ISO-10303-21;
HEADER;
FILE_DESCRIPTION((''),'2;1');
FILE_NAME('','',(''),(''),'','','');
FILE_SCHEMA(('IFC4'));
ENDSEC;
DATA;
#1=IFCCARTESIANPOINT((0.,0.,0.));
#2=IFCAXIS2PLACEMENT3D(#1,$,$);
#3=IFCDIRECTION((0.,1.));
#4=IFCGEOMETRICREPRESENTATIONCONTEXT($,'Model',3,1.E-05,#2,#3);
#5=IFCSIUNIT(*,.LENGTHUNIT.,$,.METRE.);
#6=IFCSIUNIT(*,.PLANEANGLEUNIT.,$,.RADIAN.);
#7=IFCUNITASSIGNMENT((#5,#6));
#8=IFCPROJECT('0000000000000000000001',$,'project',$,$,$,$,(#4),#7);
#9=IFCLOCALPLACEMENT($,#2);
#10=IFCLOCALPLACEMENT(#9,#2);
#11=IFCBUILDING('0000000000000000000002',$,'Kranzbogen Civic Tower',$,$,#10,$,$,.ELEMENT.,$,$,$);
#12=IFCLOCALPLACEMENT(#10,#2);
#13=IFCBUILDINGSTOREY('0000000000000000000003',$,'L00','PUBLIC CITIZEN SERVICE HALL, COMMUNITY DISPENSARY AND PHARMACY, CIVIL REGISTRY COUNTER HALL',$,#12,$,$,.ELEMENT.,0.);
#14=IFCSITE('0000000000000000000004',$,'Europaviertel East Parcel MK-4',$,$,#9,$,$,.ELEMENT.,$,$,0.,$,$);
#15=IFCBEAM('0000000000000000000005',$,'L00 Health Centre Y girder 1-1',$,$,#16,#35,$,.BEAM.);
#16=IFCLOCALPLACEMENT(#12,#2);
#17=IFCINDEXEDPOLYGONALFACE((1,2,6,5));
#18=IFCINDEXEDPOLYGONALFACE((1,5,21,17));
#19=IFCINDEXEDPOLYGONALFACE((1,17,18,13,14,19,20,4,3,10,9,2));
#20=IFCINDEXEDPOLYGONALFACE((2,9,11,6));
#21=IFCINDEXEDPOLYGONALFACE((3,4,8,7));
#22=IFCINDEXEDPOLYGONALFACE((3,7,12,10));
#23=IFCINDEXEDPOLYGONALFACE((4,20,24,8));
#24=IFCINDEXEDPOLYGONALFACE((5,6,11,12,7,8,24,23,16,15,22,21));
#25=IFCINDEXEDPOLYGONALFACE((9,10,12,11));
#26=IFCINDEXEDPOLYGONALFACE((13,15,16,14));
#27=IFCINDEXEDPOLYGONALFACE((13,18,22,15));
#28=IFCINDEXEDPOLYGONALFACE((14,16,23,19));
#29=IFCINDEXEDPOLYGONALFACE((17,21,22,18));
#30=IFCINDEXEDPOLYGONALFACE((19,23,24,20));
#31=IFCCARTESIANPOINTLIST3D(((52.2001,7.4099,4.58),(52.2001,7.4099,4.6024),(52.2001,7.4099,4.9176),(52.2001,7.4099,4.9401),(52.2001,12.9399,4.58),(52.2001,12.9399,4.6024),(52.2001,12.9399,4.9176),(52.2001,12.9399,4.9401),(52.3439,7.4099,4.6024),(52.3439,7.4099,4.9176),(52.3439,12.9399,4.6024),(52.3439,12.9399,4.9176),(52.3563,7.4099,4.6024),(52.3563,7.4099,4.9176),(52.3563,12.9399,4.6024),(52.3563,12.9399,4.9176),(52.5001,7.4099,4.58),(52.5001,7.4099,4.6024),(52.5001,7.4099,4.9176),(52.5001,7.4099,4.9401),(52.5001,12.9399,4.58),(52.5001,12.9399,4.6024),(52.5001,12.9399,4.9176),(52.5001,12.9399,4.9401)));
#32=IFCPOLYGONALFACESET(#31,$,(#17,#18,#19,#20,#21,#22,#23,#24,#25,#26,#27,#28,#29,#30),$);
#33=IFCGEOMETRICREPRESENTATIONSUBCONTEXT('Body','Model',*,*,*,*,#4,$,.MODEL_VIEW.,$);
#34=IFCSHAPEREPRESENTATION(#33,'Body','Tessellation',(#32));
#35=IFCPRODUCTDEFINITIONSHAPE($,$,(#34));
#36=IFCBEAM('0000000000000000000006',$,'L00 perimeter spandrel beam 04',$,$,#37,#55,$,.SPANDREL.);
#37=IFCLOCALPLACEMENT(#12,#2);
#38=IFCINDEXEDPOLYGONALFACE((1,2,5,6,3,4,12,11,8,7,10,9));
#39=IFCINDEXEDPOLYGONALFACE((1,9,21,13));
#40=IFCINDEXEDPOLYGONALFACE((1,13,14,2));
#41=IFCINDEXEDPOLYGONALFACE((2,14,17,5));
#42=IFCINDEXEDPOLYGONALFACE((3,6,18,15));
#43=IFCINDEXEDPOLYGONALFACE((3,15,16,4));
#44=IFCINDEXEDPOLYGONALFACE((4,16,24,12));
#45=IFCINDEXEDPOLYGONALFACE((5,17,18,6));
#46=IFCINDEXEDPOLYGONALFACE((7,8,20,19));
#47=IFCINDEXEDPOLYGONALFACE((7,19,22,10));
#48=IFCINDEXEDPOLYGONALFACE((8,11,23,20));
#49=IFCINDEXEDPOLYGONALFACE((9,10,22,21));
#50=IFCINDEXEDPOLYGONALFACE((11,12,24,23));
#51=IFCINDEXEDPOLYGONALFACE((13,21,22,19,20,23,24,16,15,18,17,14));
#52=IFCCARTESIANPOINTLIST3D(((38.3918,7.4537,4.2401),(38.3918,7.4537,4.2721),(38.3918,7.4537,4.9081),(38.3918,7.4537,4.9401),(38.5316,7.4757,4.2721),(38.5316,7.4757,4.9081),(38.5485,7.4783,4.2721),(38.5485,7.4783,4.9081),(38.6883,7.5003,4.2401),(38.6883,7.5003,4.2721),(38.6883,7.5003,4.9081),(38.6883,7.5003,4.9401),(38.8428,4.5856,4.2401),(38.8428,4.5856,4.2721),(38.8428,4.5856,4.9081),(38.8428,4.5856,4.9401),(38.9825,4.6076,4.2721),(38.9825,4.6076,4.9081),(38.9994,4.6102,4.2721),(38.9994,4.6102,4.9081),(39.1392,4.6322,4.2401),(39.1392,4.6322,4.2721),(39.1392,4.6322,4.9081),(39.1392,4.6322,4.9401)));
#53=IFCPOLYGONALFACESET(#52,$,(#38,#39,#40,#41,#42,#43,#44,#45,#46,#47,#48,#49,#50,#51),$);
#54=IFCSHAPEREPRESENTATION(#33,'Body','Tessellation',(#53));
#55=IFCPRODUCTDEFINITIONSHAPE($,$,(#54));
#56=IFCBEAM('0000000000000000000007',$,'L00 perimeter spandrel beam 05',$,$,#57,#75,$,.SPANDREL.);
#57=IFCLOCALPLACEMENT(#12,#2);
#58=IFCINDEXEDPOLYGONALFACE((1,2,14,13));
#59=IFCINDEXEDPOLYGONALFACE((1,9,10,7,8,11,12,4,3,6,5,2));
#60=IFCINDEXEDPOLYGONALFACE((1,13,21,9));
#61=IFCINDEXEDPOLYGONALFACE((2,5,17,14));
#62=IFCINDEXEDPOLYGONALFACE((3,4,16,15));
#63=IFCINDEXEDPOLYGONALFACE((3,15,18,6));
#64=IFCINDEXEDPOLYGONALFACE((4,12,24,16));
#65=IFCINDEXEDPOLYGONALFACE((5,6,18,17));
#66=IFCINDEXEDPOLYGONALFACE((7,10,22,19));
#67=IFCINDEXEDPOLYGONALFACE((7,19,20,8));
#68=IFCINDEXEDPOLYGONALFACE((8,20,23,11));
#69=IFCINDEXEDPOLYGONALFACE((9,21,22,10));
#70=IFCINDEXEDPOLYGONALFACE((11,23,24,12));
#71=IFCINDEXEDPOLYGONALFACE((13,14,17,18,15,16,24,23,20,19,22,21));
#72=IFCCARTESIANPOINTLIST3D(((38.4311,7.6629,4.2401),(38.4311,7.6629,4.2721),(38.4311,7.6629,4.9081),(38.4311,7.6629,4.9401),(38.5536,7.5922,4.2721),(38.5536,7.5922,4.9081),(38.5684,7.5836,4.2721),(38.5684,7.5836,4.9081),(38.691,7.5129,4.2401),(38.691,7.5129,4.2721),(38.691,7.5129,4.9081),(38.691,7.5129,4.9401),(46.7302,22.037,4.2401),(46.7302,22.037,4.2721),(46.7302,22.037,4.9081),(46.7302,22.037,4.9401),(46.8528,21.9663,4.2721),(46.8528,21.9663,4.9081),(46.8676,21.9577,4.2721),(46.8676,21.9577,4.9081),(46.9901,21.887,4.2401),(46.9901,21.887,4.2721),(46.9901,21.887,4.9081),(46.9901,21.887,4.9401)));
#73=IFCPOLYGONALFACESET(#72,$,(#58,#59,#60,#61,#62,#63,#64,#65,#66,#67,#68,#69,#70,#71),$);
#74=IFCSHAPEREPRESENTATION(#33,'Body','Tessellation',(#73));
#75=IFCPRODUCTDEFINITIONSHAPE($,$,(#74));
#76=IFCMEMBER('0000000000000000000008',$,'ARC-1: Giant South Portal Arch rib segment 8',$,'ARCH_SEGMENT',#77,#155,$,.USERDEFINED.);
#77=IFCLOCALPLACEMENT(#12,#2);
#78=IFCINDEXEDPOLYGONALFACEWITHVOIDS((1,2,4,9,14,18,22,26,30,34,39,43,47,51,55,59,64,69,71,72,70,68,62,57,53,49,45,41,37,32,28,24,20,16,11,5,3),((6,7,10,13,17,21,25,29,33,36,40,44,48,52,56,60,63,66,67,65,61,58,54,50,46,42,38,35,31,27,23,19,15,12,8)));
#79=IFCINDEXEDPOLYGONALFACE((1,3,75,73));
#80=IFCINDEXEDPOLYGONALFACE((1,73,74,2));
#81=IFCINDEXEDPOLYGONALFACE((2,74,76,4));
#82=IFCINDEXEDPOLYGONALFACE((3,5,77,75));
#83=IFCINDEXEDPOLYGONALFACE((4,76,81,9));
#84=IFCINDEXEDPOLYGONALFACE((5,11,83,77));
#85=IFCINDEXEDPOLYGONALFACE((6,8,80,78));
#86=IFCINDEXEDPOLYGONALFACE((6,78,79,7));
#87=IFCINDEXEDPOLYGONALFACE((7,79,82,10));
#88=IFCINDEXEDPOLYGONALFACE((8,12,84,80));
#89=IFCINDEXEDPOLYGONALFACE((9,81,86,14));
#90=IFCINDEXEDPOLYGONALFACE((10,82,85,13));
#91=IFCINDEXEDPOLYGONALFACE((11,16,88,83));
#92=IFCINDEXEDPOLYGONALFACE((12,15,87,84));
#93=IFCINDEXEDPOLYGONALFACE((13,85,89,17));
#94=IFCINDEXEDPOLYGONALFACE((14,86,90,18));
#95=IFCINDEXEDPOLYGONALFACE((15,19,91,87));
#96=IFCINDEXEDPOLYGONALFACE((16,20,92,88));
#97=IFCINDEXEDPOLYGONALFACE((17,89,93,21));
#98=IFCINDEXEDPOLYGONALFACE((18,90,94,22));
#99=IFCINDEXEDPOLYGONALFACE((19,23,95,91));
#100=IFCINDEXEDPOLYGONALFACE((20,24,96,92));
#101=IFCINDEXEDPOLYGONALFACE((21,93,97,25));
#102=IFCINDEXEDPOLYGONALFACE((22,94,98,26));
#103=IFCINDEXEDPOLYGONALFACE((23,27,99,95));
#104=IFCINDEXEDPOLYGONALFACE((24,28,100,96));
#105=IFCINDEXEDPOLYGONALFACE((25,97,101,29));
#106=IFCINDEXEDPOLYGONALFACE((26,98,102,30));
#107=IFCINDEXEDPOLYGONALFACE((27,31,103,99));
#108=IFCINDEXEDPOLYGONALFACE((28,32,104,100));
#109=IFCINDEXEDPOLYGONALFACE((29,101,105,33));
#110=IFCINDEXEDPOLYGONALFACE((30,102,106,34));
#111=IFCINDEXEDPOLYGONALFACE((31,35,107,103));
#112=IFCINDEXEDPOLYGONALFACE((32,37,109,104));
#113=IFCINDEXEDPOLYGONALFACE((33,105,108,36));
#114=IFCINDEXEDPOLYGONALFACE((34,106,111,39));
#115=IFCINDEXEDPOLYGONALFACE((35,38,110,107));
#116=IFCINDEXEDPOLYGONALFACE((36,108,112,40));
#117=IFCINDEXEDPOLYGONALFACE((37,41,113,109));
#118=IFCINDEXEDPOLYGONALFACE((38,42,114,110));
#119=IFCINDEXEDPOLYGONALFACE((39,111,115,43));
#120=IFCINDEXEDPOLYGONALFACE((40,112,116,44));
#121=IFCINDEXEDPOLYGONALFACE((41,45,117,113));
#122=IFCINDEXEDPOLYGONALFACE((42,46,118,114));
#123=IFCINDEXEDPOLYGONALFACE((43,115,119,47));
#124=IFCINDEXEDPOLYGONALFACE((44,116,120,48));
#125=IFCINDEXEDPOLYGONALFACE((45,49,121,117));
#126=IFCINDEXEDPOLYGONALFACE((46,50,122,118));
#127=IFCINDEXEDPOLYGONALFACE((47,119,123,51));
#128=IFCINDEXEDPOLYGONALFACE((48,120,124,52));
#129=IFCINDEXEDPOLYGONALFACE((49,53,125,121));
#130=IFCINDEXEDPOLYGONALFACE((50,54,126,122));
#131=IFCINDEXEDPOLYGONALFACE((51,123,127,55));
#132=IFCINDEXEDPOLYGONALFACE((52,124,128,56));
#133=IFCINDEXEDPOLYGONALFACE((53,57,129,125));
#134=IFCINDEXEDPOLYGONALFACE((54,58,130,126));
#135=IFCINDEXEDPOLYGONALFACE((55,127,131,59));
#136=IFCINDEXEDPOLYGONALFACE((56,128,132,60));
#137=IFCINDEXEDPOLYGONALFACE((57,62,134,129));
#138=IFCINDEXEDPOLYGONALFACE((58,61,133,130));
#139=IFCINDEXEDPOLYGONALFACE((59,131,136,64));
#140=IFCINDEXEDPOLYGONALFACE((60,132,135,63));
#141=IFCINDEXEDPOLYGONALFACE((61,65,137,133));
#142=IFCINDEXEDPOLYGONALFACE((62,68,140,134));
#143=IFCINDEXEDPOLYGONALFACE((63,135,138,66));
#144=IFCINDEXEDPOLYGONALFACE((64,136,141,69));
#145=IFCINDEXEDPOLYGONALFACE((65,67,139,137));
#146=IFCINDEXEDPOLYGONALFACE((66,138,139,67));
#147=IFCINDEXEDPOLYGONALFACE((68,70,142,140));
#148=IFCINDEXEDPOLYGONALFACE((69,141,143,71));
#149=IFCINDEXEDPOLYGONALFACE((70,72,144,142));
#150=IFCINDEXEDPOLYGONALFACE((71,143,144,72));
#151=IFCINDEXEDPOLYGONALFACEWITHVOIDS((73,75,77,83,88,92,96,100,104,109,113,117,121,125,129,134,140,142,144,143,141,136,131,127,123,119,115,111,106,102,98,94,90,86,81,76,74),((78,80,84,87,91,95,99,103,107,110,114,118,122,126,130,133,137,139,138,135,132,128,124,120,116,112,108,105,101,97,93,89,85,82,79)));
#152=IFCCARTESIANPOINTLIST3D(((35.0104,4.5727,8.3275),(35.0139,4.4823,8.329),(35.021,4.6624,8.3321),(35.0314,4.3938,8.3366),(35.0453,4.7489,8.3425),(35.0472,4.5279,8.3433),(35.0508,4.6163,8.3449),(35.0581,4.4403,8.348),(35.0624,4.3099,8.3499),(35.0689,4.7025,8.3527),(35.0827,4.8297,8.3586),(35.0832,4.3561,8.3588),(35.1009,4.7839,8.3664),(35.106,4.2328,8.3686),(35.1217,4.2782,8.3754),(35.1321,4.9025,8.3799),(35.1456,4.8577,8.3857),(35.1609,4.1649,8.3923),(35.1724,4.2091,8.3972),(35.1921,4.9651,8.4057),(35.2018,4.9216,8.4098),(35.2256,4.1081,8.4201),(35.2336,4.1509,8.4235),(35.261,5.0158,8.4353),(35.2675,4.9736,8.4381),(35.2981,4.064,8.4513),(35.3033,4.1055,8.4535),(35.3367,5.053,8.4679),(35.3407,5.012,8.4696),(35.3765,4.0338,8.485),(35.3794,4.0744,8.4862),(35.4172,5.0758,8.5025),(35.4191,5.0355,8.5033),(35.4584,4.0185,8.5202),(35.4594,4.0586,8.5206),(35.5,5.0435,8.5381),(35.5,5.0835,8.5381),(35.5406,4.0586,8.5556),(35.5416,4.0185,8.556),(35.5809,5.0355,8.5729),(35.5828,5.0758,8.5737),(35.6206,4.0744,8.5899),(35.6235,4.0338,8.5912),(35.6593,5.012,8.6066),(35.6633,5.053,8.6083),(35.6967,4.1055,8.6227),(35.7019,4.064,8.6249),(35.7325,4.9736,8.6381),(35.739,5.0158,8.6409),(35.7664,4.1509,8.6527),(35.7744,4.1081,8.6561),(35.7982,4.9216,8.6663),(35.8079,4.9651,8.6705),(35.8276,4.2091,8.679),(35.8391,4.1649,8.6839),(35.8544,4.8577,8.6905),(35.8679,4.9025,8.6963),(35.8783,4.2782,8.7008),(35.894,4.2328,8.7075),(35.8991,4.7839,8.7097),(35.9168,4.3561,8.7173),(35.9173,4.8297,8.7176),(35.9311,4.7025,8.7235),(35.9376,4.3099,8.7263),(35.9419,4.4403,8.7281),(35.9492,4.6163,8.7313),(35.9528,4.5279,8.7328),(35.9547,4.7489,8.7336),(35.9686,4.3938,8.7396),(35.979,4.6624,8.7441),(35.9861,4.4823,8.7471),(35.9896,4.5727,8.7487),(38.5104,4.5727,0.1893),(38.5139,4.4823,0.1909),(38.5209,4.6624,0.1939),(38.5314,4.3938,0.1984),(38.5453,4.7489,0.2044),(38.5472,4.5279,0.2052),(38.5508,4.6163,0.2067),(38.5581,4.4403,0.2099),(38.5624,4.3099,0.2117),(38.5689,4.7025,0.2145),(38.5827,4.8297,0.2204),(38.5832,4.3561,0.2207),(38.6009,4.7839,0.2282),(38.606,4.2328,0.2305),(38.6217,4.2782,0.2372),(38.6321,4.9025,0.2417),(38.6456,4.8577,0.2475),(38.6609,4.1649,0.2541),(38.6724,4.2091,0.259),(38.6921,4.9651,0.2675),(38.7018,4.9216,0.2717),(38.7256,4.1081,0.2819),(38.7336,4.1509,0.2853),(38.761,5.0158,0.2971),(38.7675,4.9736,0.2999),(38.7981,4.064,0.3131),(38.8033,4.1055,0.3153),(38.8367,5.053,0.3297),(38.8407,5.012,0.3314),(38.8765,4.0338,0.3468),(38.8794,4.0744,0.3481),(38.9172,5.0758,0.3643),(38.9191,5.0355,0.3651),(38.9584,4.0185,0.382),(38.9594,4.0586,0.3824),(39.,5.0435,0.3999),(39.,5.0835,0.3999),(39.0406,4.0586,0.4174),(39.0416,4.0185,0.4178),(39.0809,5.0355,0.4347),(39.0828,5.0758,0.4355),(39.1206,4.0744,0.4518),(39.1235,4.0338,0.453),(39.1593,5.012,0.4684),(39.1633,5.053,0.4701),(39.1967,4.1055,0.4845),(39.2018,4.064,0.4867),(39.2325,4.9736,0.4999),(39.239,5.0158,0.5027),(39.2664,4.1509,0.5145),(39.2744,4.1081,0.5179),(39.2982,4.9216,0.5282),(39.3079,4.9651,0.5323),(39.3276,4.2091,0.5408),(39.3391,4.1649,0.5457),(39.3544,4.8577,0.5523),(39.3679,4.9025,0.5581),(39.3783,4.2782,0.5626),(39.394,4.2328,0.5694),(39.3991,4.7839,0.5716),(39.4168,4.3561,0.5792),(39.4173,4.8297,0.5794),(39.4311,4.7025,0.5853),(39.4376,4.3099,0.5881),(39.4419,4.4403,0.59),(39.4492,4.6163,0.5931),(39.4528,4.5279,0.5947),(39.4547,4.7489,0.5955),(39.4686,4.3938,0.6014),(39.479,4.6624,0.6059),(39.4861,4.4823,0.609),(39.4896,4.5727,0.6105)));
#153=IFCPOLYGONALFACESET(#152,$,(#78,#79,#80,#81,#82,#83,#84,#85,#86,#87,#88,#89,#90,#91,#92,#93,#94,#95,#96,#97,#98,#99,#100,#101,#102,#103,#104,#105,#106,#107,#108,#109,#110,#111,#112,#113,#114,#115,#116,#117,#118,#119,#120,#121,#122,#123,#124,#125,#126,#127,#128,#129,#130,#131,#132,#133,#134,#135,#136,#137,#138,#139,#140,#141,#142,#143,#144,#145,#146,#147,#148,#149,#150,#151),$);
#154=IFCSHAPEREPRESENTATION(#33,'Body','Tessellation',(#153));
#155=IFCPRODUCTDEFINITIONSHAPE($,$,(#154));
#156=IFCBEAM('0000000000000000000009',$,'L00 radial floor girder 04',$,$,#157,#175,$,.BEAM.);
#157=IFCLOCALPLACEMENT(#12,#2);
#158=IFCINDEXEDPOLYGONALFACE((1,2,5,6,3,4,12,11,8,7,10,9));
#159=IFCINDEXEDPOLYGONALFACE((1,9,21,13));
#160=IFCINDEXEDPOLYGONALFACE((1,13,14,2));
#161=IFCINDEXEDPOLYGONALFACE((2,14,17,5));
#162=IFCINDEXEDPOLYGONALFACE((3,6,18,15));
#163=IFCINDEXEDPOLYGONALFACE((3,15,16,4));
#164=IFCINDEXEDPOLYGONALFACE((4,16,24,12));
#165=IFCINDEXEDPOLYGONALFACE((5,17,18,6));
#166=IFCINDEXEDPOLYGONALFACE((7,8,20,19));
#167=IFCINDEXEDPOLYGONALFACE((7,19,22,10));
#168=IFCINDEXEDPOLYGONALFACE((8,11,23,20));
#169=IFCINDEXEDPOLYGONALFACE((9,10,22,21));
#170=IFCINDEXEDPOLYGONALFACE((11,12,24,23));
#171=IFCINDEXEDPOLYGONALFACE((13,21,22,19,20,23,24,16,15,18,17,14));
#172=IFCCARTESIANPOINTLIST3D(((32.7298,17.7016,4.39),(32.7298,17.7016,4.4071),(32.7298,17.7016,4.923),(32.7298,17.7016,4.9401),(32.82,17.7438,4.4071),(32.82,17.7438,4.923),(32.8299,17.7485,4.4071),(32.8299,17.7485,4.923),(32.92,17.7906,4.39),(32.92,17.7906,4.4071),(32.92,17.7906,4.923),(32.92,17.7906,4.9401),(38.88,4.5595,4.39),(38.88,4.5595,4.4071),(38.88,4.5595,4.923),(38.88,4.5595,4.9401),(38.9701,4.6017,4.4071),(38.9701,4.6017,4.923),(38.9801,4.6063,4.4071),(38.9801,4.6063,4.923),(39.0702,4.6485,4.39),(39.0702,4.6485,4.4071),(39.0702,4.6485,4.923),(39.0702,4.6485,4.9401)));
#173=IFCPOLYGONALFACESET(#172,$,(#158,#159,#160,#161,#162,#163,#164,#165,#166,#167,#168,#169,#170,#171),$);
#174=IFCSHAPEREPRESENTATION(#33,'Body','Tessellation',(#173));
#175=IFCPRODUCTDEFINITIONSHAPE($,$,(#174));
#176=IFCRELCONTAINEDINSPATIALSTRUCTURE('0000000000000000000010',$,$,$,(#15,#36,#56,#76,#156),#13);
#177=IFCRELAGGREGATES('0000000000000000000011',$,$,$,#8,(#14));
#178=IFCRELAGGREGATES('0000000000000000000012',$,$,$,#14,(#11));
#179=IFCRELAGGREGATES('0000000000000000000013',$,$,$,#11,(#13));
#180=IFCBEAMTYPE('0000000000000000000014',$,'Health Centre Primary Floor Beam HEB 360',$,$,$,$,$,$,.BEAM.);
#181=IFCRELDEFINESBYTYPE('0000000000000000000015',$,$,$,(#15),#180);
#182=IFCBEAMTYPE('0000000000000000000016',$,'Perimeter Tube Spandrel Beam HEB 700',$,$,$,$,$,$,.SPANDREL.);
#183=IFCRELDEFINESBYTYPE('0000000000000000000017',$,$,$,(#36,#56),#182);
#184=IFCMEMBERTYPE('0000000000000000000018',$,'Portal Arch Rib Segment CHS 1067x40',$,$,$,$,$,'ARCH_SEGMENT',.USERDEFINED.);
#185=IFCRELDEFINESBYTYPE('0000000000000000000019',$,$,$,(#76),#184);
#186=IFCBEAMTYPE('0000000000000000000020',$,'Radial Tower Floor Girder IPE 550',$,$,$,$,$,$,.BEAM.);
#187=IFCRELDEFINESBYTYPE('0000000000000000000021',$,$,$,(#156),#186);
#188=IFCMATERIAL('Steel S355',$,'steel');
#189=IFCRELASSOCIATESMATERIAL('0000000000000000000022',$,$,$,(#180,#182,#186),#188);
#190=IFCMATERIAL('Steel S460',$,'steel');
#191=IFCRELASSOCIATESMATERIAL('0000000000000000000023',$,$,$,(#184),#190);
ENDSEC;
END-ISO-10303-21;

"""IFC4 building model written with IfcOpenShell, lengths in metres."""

from ifc_helpers import new_model, si_unit, direction, frame, origin, origin_2d, place, context, subcontext, project, spatial, hollow_circle, i_section, extrude, material, material_profile, profile_set, type_object, element, save


model = new_model("IFC4")

# Units and contexts
model_context = context("Model", 3, precision=1e-05, world=origin(), true_north=direction((0.0, 1.0)))
body_context = subcontext(model_context, "Body", "Model", "MODEL_VIEW")
ifc_project = project(units=[si_unit("LENGTHUNIT", "METRE"), si_unit("PLANEANGLEUNIT", "RADIAN")], contexts=[model_context])

# Site, building, storey
site_placement = place(None, origin())
site = spatial("IfcSite", under=ifc_project, at=site_placement, Name="Europaviertel East Parcel MK-4", CompositionType="ELEMENT", RefElevation=0.0)
building_placement = place(site_placement, origin())
building = spatial("IfcBuilding", under=site, at=building_placement, Name="Kranzbogen Civic Tower", CompositionType="ELEMENT")
storey_placement = place(building_placement, origin())
storey = spatial("IfcBuildingStorey", under=building, at=storey_placement, Name="L00", Description="PUBLIC CITIZEN SERVICE HALL, COMMUNITY DISPENSARY AND PHARMACY, CIVIL REGISTRY COUNTER HALL", CompositionType="ELEMENT", Elevation=0.0)

# Shared definitions
ifc_material_1 = material(Name="Steel S460", Category="steel")

# Beams
ifc_material_2 = material(Name="Steel S355", Category="steel")
ifc_material_profile_1 = material_profile(ifc_material_2, i_section(OverallWidth=0.3, OverallDepth=0.3601, WebThickness=0.0125, FlangeThickness=0.0225, at=origin_2d()), Name="HEB 360")
ifc_profile_set_1 = profile_set([ifc_material_profile_1], Name="Steel S355")
beam_type_1 = type_object("IfcBeamType", Name="Health Centre Primary Floor Beam HEB 360", PredefinedType="BEAM", material=ifc_profile_set_1)
beam_1_placement = place(storey_placement, frame((52.3501, 7.4099, 4.76), z_axis=(0.0, 1.0, 0.0), x_axis=(-1.0, 0.0, 0.0)))
element("IfcBeam", 1, at=beam_1_placement, inside=storey, type_object=beam_type_1, Name="L00 Health Centre Y girder 1-1", PredefinedType="BEAM", context=body_context, shape_type="SweptSolid", body=[
    extrude(i_section(OverallWidth=0.3, OverallDepth=0.3601, WebThickness=0.0125, FlangeThickness=0.0225, at=origin_2d()), origin(), (0.0, 0.0, 1.0), 5.53),
])
ifc_material_profile_2 = material_profile(ifc_material_2, i_section(OverallWidth=0.3, OverallDepth=0.7, WebThickness=0.0171, FlangeThickness=0.032, at=origin_2d()), Name="HEB 700")
ifc_profile_set_2 = profile_set([ifc_material_profile_2], Name="Steel S355")
beam_type_2 = type_object("IfcBeamType", Name="Perimeter Tube Spandrel Beam HEB 700", PredefinedType="SPANDREL", material=ifc_profile_set_2)
beam_2_placement = place(storey_placement, frame((38.991, 4.6089, 4.5901), z_axis=(-0.155311, 0.987866, 0.0), x_axis=(-0.987866, -0.155311, 0.0)))
element("IfcBeam", 2, at=beam_2_placement, inside=storey, type_object=beam_type_2, Name="L00 perimeter spandrel beam 04", PredefinedType="SPANDREL", context=body_context, shape_type="SweptSolid", body=[
    extrude(i_section(OverallWidth=0.3, OverallDepth=0.7, WebThickness=0.0171, FlangeThickness=0.032, at=origin_2d()), origin(), (0.0, 0.0, 1.0), 2.9033),
])
beam_3_placement = place(storey_placement, frame((38.561, 7.5879, 4.5901), z_axis=(0.50001, 0.86602, 0.0), x_axis=(-0.86602, 0.50001, 0.0)))
element("IfcBeam", 3, at=beam_3_placement, inside=storey, type_object=beam_type_2, Name="L00 perimeter spandrel beam 05", PredefinedType="SPANDREL", context=body_context, shape_type="SweptSolid", body=[
    extrude(i_section(OverallWidth=0.3, OverallDepth=0.7, WebThickness=0.0171, FlangeThickness=0.032, at=origin_2d()), origin(), (0.0, 0.0, 1.0), 16.5979),
])

# Member
ifc_material_profile_3 = material_profile(ifc_material_1, hollow_circle(Radius=0.5334, WallThickness=0.04, at=origin_2d()), Name="CHS 1067x40")
ifc_profile_set_3 = profile_set([ifc_material_profile_3], Name="Steel S460")
member_type_1 = type_object("IfcMemberType", Name="Portal Arch Rib Segment CHS 1067x40", ElementType="ARCH_SEGMENT", PredefinedType="USERDEFINED", material=ifc_profile_set_3)
member_1_placement = place(storey_placement, frame((35.5, 4.55, 8.5381), z_axis=(0.395083, 0.0, -0.918645), x_axis=(0.0, 1.0, 0.0)))
element("IfcMember", 4, at=member_1_placement, inside=storey, type_object=member_type_1, Name="ARC-1: Giant South Portal Arch rib segment 8", ObjectType="ARCH_SEGMENT", PredefinedType="USERDEFINED", context=body_context, shape_type="SweptSolid", body=[
    extrude(hollow_circle(Radius=0.5334, WallThickness=0.04, at=origin_2d()), origin(), (0.0, 0.0, 1.0), 8.8589),
])

# Beam
ifc_material_profile_4 = material_profile(ifc_material_2, i_section(OverallWidth=0.21, OverallDepth=0.55, WebThickness=0.011, FlangeThickness=0.0171, at=origin_2d()), Name="IPE 550")
ifc_profile_set_4 = profile_set([ifc_material_profile_4], Name="Steel S355")
beam_type_3 = type_object("IfcBeamType", Name="Radial Tower Floor Girder IPE 550", PredefinedType="BEAM", material=ifc_profile_set_4)
beam_4_placement = place(storey_placement, frame((38.9751, 4.604, 4.665), z_axis=(-0.423857, 0.905729, 0.0), x_axis=(-0.905729, -0.423857, 0.0)))
element("IfcBeam", 5, at=beam_4_placement, inside=storey, type_object=beam_type_3, Name="L00 radial floor girder 04", PredefinedType="BEAM", context=body_context, shape_type="SweptSolid", body=[
    extrude(i_section(OverallWidth=0.21, OverallDepth=0.55, WebThickness=0.011, FlangeThickness=0.0171, at=origin_2d()), origin(), (0.0, 0.0, 1.0), 14.51),
])

save(model, "model.ifc")
